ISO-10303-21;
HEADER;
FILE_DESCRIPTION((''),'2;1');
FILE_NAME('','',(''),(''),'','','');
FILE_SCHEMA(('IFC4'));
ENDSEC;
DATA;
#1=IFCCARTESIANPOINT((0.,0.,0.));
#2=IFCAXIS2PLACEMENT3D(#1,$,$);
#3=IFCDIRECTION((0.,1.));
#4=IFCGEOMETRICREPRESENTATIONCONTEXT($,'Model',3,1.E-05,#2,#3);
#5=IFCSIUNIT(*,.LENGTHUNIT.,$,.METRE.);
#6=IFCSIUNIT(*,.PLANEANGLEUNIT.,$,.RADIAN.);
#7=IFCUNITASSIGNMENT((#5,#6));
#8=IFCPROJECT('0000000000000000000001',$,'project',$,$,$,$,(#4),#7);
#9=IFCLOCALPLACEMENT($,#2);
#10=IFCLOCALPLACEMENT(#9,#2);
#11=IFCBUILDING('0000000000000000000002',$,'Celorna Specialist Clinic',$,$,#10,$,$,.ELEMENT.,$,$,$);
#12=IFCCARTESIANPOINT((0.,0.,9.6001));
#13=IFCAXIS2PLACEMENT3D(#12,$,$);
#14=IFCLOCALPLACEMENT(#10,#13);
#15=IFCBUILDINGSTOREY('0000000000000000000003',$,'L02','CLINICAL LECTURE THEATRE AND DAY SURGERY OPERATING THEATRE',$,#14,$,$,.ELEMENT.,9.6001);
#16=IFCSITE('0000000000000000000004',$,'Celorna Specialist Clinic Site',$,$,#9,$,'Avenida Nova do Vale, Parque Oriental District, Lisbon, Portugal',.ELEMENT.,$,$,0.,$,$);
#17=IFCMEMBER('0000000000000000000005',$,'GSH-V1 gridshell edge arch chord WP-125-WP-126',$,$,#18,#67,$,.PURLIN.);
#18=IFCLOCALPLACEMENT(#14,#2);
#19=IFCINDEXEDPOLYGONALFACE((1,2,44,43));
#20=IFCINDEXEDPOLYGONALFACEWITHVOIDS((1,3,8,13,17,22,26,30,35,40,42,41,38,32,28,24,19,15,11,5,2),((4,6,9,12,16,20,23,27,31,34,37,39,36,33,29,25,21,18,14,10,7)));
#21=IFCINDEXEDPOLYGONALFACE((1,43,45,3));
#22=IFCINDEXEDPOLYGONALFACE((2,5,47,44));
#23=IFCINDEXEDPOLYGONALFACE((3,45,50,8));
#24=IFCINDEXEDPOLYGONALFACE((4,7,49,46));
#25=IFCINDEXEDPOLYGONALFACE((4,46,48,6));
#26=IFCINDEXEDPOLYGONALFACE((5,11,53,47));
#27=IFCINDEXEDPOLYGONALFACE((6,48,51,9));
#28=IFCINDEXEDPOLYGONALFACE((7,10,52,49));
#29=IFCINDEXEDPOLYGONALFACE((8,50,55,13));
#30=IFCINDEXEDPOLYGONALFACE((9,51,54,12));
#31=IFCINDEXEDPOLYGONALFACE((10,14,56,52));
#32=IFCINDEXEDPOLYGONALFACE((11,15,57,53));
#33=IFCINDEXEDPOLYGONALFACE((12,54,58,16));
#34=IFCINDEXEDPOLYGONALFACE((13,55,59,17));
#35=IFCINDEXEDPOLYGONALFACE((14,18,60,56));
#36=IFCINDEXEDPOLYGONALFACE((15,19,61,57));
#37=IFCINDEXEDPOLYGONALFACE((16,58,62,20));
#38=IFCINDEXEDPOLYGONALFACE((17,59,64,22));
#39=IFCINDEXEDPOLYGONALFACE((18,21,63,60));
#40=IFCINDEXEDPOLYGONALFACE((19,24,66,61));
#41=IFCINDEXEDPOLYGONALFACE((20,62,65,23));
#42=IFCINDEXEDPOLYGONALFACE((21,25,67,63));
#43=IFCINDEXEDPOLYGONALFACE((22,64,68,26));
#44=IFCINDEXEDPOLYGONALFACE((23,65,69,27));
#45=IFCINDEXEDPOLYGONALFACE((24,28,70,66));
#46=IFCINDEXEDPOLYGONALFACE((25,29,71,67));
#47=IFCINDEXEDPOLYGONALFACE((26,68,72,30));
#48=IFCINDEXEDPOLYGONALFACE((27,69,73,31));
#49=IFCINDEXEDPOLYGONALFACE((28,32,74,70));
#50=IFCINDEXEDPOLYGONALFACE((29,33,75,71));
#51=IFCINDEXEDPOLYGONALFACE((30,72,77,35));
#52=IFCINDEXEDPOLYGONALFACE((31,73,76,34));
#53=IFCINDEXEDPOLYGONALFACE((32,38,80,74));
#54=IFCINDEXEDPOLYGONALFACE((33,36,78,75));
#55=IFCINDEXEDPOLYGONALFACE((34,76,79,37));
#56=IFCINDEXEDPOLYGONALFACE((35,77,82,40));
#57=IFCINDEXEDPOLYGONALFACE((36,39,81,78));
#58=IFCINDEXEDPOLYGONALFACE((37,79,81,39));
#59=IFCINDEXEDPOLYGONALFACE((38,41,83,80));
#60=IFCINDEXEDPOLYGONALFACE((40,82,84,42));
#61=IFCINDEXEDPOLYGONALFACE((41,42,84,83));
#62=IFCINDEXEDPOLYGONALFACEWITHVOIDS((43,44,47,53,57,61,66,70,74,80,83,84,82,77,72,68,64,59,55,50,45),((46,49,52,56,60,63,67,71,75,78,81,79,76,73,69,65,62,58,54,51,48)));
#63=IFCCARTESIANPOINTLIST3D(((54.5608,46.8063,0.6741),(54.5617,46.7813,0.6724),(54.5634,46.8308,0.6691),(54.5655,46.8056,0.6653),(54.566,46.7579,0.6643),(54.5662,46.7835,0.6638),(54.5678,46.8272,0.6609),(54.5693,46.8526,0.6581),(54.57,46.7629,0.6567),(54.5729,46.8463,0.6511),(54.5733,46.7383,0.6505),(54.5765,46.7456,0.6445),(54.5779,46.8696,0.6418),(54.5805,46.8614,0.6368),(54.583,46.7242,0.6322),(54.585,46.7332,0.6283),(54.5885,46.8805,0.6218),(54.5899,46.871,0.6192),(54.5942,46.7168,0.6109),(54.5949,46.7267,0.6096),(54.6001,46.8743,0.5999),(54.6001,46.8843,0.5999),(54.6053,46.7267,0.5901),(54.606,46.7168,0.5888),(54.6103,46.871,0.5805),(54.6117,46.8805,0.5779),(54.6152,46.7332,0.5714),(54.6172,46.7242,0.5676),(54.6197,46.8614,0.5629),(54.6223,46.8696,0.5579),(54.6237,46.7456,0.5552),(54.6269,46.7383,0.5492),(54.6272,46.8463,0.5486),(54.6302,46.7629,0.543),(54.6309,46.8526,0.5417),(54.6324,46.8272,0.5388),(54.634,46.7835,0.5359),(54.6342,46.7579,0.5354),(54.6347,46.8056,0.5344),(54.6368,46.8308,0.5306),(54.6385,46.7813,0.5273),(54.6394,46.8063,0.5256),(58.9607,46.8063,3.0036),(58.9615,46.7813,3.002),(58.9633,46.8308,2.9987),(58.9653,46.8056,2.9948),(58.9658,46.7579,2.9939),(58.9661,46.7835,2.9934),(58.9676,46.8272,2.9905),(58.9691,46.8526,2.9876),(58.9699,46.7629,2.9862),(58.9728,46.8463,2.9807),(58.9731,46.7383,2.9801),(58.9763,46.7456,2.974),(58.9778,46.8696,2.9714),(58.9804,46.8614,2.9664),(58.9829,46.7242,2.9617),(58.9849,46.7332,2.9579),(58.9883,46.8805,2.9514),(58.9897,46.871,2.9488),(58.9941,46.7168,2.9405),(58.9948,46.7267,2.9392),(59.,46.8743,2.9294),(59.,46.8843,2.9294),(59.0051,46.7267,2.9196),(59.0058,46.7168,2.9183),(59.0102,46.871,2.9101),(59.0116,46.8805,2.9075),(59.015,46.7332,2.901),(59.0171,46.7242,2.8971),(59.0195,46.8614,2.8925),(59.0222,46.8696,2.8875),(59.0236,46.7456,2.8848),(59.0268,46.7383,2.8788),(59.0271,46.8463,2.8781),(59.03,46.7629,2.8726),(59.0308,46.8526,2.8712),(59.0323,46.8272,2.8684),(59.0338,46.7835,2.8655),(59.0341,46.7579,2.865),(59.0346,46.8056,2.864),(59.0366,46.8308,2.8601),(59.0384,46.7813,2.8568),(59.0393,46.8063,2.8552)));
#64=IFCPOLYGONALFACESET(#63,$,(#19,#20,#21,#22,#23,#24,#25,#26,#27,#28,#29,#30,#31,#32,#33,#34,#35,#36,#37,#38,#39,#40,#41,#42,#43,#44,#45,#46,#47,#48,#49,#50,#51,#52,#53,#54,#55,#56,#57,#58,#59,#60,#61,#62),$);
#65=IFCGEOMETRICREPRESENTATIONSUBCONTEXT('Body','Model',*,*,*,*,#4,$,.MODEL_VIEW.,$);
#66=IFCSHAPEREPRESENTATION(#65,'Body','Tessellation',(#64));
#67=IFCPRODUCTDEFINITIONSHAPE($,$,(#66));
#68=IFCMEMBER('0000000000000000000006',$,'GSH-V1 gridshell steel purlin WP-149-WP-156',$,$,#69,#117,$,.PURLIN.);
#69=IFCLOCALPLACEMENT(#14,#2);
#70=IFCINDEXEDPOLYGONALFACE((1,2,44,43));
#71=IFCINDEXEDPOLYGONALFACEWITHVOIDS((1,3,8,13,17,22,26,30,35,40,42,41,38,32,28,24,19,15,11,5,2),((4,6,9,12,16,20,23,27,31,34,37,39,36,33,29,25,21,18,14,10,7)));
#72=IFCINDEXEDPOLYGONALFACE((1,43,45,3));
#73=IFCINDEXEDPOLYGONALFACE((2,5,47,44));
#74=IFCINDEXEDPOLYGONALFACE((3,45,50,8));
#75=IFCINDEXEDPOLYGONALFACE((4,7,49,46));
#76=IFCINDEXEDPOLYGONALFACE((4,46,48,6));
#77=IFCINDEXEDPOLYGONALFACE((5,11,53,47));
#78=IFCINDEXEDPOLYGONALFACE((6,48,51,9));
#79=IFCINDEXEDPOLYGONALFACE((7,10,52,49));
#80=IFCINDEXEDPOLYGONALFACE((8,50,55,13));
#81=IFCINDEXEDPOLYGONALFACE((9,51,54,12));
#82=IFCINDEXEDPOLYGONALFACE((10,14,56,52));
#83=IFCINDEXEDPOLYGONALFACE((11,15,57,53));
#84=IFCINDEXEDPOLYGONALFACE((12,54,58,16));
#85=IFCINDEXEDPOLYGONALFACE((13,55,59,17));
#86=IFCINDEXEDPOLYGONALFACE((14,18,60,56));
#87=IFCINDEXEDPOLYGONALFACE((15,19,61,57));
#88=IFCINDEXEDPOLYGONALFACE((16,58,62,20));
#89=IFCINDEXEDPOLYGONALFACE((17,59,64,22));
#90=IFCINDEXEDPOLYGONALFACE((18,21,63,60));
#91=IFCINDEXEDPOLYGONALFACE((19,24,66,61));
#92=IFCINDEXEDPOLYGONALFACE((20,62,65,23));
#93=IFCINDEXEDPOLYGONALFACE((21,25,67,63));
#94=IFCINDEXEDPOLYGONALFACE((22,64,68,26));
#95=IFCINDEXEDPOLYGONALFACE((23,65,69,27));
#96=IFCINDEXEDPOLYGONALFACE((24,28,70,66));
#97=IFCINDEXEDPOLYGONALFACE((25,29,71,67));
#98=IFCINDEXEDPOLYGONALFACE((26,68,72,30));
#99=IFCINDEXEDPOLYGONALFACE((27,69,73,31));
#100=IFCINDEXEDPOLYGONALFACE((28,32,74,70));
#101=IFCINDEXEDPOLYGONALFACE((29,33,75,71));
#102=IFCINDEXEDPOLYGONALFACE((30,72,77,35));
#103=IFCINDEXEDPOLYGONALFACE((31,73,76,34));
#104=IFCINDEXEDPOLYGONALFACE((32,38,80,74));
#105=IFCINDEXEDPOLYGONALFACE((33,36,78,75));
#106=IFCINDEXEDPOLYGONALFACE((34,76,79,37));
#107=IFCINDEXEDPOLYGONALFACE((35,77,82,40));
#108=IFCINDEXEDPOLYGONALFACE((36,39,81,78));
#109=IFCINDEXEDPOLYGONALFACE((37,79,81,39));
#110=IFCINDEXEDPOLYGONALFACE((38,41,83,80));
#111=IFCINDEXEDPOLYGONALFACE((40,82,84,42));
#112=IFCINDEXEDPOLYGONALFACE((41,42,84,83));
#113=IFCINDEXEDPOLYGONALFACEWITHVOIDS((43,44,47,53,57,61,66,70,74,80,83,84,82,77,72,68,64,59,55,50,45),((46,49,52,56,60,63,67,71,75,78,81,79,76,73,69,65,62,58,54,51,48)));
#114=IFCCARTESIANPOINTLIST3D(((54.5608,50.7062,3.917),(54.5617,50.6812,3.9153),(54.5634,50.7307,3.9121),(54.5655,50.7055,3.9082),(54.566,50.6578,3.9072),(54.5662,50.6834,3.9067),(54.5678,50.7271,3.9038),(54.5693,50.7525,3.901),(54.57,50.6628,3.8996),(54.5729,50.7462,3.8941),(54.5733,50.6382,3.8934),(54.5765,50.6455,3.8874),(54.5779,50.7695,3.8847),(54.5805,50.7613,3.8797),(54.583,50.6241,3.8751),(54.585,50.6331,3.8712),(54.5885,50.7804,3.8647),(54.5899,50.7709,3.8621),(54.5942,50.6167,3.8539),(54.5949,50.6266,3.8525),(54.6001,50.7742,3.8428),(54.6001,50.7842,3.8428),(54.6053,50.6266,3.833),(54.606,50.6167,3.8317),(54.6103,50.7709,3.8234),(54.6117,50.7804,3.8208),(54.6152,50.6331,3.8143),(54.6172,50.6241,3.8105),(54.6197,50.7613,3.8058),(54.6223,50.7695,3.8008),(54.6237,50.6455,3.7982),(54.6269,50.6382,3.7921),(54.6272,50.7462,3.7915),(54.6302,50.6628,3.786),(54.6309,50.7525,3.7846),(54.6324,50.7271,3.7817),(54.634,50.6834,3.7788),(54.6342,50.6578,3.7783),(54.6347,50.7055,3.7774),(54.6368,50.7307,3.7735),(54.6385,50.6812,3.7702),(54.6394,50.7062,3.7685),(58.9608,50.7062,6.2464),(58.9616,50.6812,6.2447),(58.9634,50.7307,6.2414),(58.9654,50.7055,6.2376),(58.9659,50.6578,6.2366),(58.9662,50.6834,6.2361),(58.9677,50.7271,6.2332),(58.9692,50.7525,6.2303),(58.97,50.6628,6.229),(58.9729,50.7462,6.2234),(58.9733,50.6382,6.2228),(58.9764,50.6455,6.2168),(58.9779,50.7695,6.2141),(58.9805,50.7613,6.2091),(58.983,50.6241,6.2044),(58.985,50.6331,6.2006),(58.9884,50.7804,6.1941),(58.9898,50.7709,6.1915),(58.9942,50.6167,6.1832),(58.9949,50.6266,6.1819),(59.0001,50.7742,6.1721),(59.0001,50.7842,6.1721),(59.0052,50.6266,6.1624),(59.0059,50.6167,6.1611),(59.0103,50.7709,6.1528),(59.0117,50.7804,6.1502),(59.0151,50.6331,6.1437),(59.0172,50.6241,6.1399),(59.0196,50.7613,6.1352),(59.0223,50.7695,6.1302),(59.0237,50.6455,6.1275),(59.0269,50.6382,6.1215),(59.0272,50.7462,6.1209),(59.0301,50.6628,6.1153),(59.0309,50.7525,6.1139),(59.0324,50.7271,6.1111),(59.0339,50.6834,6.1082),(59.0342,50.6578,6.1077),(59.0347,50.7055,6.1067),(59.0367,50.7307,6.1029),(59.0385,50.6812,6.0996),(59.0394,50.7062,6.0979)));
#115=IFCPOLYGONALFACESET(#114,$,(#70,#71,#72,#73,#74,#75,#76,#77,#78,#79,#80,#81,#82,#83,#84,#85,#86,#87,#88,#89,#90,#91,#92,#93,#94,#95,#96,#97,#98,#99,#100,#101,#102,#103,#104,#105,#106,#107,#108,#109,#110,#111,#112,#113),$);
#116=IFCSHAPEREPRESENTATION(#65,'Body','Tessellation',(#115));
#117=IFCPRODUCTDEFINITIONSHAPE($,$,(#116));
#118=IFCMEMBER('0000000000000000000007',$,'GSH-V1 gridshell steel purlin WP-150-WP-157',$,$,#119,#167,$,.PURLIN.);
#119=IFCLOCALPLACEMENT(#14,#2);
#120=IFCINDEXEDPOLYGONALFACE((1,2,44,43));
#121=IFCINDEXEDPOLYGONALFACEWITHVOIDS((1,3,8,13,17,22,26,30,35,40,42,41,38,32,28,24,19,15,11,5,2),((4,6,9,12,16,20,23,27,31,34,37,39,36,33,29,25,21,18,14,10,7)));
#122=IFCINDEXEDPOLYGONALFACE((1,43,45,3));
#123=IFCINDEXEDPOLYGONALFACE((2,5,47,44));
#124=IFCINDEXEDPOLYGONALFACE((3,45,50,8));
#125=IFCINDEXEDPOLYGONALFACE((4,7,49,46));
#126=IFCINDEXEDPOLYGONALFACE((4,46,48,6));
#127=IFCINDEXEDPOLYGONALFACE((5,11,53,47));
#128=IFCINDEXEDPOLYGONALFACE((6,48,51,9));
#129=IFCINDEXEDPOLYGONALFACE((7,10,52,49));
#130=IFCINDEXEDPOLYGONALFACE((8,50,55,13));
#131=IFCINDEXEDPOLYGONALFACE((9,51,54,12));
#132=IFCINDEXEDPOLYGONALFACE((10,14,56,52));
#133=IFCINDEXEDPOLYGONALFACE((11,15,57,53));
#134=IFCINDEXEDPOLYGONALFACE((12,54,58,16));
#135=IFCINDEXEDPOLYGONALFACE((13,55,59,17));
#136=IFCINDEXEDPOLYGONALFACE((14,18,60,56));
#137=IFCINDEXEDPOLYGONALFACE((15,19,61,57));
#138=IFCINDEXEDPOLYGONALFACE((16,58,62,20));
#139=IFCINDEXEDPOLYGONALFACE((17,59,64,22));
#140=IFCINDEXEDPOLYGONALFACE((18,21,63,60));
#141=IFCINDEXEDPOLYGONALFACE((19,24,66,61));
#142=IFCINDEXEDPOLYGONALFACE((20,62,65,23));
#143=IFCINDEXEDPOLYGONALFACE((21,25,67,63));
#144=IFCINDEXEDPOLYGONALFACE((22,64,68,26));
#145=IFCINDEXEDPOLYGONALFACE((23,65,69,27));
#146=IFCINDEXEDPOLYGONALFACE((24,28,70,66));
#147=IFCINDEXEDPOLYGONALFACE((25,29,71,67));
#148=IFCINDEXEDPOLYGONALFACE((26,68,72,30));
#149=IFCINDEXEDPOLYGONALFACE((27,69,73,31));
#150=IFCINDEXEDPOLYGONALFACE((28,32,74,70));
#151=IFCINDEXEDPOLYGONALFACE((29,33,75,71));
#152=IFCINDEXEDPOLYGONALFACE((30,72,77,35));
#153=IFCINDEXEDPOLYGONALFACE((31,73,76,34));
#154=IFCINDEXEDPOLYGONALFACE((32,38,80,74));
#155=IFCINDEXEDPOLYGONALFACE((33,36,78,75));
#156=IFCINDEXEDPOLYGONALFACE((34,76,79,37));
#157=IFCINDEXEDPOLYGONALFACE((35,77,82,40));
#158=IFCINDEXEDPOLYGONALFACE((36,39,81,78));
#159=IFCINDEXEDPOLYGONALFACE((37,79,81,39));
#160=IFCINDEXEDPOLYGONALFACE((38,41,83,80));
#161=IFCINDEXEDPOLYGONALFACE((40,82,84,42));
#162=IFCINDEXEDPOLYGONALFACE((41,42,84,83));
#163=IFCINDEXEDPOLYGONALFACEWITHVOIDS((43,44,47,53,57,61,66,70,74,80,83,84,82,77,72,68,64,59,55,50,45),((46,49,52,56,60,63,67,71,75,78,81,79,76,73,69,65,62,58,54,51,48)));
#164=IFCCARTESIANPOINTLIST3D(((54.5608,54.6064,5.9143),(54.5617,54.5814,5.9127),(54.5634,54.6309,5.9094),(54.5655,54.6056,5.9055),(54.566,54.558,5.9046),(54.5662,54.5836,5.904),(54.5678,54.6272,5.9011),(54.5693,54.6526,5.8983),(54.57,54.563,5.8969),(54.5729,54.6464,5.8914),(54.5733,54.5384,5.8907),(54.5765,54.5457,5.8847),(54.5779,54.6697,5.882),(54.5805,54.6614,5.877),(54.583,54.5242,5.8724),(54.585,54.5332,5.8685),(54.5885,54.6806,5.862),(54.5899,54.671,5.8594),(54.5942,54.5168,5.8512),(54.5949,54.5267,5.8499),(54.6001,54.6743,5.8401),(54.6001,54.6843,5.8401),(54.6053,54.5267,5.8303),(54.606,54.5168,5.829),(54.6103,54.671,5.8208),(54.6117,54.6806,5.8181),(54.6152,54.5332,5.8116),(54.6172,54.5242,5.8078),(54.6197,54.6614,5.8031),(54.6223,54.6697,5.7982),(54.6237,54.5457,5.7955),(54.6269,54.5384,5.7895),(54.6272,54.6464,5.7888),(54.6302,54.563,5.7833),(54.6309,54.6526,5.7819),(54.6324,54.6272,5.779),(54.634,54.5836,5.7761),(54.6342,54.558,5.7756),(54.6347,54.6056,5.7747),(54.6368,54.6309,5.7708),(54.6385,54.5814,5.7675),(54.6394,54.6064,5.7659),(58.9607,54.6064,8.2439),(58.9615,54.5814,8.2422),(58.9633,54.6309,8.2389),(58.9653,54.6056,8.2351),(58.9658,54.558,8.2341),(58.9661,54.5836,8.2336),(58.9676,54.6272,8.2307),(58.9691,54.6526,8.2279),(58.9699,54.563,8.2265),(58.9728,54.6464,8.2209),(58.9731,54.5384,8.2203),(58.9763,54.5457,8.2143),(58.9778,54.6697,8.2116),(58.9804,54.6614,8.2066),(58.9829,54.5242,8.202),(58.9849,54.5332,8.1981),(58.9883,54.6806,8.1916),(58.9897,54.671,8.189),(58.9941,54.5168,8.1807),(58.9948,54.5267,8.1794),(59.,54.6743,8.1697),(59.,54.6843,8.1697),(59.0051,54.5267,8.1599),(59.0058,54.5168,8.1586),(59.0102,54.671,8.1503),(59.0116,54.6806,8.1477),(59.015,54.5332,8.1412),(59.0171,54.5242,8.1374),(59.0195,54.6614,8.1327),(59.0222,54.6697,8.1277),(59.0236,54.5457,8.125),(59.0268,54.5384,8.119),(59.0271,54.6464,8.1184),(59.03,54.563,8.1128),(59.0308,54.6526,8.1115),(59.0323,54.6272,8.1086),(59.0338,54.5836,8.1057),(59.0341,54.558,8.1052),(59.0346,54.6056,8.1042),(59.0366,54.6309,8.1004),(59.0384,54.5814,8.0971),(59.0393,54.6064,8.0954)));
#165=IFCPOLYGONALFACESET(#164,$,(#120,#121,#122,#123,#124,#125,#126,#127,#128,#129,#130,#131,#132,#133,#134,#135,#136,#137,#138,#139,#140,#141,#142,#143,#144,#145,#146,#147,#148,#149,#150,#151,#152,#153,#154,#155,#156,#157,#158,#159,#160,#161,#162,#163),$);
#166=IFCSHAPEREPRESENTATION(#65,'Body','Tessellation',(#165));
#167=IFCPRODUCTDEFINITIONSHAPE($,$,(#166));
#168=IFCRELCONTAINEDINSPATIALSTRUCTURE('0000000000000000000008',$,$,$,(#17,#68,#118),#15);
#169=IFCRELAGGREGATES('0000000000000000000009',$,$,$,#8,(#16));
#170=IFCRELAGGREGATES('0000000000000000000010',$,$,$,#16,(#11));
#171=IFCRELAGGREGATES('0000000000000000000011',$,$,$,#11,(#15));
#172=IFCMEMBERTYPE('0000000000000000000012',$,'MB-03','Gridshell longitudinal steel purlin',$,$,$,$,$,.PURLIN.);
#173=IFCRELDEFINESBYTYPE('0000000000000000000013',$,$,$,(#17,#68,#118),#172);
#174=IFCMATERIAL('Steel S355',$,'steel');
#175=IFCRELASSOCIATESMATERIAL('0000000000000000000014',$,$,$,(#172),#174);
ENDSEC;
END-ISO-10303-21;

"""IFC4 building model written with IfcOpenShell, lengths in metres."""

from ifc_helpers import new_model, si_unit, direction, frame, origin, origin_2d, place, context, subcontext, project, spatial, hollow_circle, extrude, material, material_profile, profile_set, type_object, element, save


model = new_model("IFC4")

# Units and contexts
model_context = context("Model", 3, precision=1e-05, world=origin(), true_north=direction((0.0, 1.0)))
body_context = subcontext(model_context, "Body", "Model", "MODEL_VIEW")
ifc_project = project(units=[si_unit("LENGTHUNIT", "METRE"), si_unit("PLANEANGLEUNIT", "RADIAN")], contexts=[model_context])

# Site, building, storey
site_placement = place(None, origin())
site = spatial("IfcSite", under=ifc_project, at=site_placement, Name="Celorna Specialist Clinic Site", LongName="Avenida Nova do Vale, Parque Oriental District, Lisbon, Portugal", CompositionType="ELEMENT", RefElevation=0.0)
building_placement = place(site_placement, origin())
building = spatial("IfcBuilding", under=site, at=building_placement, Name="Celorna Specialist Clinic", CompositionType="ELEMENT")
storey_placement = place(building_placement, frame((0.0, 0.0, 9.6001)))
storey = spatial("IfcBuildingStorey", under=building, at=storey_placement, Name="L02", Description="CLINICAL LECTURE THEATRE AND DAY SURGERY OPERATING THEATRE", CompositionType="ELEMENT", Elevation=9.6001)

# Shared definitions
ifc_material_1 = material(Name="Steel S355", Category="steel")

# Members
ifc_material_profile_1 = material_profile(ifc_material_1, hollow_circle(Radius=0.0842, WallThickness=0.01, at=origin_2d()), Name="CHS 168.3x10")
ifc_profile_set_1 = profile_set([ifc_material_profile_1], Name="Steel S355")
member_type_1 = type_object("IfcMemberType", Name="MB-03", Description="Gridshell longitudinal steel purlin", PredefinedType="PURLIN", material=ifc_profile_set_1)
for number, where, z_axis, x_axis, name in (
    (1, (54.6001, 46.8, 0.5999), (0.883769, 0.0, 0.467924), (0.0, 1.0, 0.0), "GSH-V1 gridshell edge arch chord WP-125-WP-126"),
    (2, (54.6001, 50.7, 3.8428), (0.883789, 0.0, 0.467885), (0.0, 1.0, 0.0), "GSH-V1 gridshell steel purlin WP-149-WP-156"),
    (3, (54.6001, 54.6001, 5.8401), (0.883769, 0.0, 0.467924), (0.0, 1.0, 0.0), "GSH-V1 gridshell steel purlin WP-150-WP-157"),
):
    element("IfcMember", number, at=place(storey_placement, frame(where, z_axis=z_axis, x_axis=x_axis)), inside=storey, type_object=member_type_1, Name=name, PredefinedType="PURLIN", context=body_context, shape_type="SweptSolid", body=[
        extrude(hollow_circle(Radius=0.0842, WallThickness=0.01, at=origin_2d()), origin(), (0.0, 0.0, 1.0), 4.9785),
    ])

save(model, "model.ifc")
